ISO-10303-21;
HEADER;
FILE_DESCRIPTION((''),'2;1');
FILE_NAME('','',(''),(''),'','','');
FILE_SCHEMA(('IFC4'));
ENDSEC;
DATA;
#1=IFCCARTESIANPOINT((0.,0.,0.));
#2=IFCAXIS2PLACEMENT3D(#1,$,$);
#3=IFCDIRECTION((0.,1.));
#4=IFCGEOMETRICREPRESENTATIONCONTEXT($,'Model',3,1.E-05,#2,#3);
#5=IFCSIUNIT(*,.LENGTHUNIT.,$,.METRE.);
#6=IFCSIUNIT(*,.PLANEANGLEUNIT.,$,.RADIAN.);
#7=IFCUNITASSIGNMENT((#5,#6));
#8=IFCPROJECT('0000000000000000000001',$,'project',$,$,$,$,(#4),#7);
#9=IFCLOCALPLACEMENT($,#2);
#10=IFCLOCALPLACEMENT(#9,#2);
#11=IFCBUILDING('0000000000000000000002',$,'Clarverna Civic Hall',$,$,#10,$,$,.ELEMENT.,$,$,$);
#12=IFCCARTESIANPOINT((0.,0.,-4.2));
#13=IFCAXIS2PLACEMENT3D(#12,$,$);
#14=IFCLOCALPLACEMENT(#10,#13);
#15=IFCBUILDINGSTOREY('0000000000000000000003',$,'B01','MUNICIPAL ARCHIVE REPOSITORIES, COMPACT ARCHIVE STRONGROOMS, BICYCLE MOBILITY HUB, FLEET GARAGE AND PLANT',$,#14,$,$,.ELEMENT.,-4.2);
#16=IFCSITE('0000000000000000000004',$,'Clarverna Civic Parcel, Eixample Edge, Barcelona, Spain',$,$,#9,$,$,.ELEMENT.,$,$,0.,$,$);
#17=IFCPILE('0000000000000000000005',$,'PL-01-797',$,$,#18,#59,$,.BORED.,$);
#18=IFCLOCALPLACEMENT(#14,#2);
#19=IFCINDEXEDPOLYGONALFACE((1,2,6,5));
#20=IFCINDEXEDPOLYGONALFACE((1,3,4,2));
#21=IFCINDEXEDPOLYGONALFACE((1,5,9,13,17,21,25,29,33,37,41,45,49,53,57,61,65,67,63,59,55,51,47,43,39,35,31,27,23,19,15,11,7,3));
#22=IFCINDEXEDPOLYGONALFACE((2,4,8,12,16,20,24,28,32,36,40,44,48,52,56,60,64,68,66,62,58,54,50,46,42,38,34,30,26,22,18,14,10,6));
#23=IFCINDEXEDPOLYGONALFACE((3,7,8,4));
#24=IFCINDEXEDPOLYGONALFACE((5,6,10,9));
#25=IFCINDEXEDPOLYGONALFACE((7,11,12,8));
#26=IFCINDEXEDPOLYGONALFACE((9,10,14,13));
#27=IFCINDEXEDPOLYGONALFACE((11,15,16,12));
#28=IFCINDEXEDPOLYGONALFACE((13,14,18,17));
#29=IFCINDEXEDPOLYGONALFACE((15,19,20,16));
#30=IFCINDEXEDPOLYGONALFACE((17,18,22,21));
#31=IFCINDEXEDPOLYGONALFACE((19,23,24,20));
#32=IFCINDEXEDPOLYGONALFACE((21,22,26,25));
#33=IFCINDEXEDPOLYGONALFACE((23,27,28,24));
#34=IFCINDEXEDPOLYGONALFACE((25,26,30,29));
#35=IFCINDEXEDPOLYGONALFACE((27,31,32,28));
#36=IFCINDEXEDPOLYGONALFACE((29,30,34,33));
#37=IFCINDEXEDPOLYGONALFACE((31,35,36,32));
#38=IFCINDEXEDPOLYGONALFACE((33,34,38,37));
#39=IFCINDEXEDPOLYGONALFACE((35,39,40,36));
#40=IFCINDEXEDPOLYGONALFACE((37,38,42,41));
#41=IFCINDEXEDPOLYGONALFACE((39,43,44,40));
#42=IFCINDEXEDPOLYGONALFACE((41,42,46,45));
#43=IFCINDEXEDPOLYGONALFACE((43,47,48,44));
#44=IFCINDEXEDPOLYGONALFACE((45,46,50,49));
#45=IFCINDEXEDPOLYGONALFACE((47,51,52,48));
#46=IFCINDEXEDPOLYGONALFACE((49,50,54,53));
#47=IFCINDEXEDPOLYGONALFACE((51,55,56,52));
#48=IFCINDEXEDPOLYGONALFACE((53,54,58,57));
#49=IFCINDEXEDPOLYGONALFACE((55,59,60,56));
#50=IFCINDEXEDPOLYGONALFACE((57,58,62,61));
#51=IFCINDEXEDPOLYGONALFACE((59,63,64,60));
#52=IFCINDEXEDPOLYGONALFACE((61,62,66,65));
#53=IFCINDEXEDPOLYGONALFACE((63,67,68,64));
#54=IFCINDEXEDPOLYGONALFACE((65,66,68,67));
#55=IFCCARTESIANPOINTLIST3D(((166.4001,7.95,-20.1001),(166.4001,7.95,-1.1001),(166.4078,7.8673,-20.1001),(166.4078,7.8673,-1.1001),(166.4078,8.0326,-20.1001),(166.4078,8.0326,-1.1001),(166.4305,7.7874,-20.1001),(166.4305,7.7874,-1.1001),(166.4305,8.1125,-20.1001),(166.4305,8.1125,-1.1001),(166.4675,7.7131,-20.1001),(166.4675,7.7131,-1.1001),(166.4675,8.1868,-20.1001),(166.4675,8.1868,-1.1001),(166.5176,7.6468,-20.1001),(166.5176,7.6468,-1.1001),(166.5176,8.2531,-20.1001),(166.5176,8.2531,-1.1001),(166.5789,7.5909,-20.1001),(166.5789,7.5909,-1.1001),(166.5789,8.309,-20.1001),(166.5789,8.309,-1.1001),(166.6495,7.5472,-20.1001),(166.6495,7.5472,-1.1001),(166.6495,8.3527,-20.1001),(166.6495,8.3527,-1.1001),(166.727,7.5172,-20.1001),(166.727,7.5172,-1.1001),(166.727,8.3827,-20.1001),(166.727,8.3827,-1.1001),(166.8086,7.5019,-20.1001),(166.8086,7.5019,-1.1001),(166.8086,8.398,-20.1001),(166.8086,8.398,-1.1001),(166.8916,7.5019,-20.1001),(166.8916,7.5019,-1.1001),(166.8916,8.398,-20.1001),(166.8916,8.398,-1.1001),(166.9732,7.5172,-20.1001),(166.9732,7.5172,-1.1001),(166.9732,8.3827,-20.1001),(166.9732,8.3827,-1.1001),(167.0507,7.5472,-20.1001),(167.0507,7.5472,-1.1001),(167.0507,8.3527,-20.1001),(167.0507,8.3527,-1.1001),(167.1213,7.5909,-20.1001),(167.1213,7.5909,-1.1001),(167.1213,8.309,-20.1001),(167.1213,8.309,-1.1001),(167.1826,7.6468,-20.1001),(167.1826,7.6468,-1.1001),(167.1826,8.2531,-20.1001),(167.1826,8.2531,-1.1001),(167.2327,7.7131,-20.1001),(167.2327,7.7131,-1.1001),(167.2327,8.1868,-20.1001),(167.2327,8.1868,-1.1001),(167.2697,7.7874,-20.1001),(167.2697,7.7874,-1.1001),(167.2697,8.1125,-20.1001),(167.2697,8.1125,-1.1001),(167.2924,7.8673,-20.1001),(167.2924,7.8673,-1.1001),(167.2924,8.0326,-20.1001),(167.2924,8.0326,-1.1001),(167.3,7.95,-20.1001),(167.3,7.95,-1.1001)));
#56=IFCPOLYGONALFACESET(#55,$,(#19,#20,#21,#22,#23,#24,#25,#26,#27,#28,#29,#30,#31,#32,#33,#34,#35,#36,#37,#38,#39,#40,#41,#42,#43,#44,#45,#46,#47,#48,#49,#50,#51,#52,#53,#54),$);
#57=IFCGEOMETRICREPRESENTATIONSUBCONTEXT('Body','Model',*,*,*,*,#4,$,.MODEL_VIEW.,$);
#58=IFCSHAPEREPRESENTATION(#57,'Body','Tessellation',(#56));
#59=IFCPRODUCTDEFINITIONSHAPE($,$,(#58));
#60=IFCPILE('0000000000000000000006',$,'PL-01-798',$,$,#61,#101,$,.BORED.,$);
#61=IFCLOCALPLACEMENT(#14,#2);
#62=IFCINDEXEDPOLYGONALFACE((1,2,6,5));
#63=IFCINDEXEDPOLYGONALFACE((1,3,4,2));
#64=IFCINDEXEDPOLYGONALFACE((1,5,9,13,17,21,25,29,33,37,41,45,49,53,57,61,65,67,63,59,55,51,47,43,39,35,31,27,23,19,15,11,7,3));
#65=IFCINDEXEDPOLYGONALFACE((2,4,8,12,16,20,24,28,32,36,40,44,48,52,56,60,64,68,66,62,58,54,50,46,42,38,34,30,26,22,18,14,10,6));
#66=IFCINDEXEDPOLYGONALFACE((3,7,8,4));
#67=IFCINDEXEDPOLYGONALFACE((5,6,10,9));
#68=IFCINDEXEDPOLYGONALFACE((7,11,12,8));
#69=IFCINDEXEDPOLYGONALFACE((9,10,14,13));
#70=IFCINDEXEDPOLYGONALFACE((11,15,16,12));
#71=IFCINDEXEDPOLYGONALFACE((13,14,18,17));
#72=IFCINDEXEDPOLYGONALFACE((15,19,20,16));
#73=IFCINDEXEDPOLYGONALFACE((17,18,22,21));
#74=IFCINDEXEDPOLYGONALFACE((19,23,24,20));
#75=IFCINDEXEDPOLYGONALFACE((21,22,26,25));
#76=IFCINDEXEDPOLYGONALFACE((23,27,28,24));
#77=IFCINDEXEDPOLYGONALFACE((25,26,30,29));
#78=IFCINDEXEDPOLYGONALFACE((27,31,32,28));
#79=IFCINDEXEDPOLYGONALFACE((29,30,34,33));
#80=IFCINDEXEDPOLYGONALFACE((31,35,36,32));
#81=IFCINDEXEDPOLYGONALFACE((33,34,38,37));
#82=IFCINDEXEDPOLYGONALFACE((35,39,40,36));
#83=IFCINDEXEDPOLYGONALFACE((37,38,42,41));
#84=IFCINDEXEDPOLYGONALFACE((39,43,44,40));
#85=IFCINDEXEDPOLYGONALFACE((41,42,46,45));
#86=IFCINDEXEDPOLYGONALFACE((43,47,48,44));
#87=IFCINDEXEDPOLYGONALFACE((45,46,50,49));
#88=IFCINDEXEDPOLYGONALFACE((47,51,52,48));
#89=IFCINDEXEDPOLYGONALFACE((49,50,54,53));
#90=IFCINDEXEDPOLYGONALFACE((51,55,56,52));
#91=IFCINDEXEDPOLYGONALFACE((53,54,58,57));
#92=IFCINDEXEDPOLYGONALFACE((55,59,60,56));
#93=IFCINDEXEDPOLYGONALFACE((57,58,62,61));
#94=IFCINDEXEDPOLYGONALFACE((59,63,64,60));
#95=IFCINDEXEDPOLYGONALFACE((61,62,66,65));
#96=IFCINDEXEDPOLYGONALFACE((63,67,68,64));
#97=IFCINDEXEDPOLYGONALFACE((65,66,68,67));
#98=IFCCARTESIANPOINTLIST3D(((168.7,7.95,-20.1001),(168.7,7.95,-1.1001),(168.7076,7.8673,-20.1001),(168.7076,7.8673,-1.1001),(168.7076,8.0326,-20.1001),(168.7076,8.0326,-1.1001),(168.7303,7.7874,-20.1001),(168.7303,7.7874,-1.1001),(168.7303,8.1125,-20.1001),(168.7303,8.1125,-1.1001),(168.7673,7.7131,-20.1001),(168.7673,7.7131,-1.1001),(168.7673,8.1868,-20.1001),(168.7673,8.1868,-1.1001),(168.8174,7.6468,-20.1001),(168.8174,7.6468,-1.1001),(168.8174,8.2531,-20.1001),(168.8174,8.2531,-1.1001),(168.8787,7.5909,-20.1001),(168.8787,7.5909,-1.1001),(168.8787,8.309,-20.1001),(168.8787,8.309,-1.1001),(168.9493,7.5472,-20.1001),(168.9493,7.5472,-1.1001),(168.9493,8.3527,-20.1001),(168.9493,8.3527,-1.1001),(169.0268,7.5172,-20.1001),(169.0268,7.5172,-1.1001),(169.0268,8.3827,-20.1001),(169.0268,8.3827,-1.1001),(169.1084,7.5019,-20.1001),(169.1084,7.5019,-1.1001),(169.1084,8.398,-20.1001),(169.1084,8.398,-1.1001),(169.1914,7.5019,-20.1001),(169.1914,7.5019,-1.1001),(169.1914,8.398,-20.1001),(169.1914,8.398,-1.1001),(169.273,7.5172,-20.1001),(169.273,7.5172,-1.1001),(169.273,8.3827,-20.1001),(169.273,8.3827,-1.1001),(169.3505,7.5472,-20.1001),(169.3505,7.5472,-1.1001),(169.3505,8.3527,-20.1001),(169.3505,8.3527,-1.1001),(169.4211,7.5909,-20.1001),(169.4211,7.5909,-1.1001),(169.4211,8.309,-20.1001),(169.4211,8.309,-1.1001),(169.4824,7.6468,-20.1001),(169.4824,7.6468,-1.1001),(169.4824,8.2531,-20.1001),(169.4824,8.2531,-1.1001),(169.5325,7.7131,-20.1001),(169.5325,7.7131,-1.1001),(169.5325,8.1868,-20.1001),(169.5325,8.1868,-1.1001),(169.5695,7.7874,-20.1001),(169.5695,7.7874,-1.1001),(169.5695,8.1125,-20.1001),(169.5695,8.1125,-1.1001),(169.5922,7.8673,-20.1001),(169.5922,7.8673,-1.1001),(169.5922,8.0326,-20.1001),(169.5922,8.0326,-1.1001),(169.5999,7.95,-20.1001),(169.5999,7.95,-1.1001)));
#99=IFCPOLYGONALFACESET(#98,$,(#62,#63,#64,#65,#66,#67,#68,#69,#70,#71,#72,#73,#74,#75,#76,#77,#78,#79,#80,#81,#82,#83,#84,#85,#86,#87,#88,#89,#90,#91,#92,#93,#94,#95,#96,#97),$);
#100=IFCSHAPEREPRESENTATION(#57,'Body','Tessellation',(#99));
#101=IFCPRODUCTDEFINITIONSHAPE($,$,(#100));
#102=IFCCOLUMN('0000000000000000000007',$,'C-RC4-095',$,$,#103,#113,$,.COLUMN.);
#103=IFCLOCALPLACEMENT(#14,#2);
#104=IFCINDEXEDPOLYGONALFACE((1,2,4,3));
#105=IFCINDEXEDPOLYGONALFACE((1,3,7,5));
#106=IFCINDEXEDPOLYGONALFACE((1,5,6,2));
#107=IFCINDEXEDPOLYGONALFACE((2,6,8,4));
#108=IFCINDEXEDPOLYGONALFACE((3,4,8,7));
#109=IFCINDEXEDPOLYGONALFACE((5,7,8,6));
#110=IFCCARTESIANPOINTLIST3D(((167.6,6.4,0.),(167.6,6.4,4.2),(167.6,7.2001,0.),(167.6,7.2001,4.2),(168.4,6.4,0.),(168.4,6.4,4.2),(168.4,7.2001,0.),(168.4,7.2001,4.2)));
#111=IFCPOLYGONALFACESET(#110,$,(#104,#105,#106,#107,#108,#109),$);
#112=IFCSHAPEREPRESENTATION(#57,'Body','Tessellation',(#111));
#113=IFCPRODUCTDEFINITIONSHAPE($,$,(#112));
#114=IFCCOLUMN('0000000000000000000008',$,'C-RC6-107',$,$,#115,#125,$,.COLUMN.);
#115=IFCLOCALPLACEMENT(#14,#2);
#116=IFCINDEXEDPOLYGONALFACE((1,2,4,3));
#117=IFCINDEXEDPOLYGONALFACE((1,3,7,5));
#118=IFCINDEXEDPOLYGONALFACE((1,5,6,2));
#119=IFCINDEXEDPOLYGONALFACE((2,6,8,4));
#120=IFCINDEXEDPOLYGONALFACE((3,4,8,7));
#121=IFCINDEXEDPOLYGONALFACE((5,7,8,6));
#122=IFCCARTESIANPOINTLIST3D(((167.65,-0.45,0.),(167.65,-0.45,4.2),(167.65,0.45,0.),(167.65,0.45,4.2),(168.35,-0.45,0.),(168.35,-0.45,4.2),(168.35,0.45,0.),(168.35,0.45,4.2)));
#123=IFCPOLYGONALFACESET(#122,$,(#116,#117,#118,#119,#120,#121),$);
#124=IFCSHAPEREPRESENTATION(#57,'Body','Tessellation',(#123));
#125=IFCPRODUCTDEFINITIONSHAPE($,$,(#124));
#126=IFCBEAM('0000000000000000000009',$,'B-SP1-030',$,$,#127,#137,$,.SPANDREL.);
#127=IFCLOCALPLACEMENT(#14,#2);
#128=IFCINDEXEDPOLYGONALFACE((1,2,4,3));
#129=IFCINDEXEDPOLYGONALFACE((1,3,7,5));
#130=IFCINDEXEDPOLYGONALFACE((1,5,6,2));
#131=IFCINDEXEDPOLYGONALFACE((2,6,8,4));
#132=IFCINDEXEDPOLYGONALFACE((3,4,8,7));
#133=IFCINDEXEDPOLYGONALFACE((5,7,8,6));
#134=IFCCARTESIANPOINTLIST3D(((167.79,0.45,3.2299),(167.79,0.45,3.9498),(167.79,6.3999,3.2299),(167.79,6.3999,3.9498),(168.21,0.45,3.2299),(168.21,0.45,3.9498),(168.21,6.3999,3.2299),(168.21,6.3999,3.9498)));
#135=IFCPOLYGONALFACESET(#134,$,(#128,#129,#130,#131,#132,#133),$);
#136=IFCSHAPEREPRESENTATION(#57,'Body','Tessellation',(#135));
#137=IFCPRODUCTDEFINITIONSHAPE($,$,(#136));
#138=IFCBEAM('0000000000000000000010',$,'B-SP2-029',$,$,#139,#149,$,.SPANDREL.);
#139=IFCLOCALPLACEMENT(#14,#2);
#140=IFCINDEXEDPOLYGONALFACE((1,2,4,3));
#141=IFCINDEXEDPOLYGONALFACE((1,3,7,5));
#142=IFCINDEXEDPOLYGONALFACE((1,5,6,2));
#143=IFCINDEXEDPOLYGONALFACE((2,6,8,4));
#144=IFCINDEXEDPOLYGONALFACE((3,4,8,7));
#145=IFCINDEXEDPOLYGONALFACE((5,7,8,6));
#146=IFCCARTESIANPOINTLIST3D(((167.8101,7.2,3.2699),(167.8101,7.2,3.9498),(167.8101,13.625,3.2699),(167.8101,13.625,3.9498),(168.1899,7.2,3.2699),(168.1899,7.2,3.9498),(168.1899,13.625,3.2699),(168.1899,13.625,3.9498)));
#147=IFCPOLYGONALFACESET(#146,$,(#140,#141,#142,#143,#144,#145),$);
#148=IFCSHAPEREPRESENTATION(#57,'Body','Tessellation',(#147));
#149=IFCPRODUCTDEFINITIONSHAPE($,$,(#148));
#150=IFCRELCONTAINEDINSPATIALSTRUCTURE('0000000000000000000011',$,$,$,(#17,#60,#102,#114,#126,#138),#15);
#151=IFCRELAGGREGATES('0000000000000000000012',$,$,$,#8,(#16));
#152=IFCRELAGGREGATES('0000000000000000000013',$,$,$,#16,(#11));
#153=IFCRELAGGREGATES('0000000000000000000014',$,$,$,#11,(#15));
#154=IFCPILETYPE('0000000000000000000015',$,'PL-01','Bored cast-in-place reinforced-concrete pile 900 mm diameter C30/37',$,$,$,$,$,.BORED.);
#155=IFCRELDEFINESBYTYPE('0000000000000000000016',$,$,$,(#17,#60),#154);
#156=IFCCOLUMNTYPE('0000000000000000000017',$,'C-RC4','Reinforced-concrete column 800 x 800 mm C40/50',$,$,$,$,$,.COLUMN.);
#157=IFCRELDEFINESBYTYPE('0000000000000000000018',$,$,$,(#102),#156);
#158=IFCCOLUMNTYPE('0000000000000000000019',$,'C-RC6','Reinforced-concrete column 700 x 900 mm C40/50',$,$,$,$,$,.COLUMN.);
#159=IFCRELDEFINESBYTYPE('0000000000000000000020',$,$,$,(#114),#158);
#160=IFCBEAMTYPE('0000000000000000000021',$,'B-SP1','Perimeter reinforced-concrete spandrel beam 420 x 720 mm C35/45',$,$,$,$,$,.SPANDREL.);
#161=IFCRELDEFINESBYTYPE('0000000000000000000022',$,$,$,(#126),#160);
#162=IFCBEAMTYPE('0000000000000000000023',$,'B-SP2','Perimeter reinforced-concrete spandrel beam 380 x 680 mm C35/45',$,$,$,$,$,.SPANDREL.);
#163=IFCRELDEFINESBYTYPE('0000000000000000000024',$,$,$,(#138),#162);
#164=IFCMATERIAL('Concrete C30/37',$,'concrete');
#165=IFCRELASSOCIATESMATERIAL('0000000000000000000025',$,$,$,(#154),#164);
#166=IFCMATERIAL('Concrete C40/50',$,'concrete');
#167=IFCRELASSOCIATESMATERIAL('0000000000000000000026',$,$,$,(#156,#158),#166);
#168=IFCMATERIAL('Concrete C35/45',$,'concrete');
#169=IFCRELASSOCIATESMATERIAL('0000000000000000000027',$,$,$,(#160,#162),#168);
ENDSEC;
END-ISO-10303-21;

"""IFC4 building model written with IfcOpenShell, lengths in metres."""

from ifc_helpers import new_model, si_unit, direction, frame, origin, origin_2d, place, context, subcontext, project, spatial, rectangle, circle, extrude, material, material_profile, profile_set, type_object, element, save


model = new_model("IFC4")

# Units and contexts
model_context = context("Model", 3, precision=1e-05, world=origin(), true_north=direction((0.0, 1.0)))
body_context = subcontext(model_context, "Body", "Model", "MODEL_VIEW")
ifc_project = project(units=[si_unit("LENGTHUNIT", "METRE"), si_unit("PLANEANGLEUNIT", "RADIAN")], contexts=[model_context])

# Site, building, storey
site_placement = place(None, origin())
site = spatial("IfcSite", under=ifc_project, at=site_placement, Name="Clarverna Civic Parcel, Eixample Edge, Barcelona, Spain", CompositionType="ELEMENT", RefElevation=0.0)
building_placement = place(site_placement, origin())
building = spatial("IfcBuilding", under=site, at=building_placement, Name="Clarverna Civic Hall", CompositionType="ELEMENT")
storey_placement = place(building_placement, frame((0.0, 0.0, -4.2)))
storey = spatial("IfcBuildingStorey", under=building, at=storey_placement, Name="B01", Description="MUNICIPAL ARCHIVE REPOSITORIES, COMPACT ARCHIVE STRONGROOMS, BICYCLE MOBILITY HUB, FLEET GARAGE AND PLANT", CompositionType="ELEMENT", Elevation=-4.2)

# Shared definitions
ifc_material_1 = material(Name="Concrete C30/37", Category="concrete")

# Piles
ifc_material_profile_1 = material_profile(ifc_material_1, circle(Radius=0.45, at=origin_2d()), Name="BORED PILE D900")
ifc_profile_set_1 = profile_set([ifc_material_profile_1], Name="Concrete C30/37")
pile_type = type_object("IfcPileType", Name="PL-01", Description="Bored cast-in-place reinforced-concrete pile 900 mm diameter C30/37", PredefinedType="BORED", material=ifc_profile_set_1)
for number, where, z_axis, x_axis, name in (
    (1, (166.8501, 7.95, -1.1001), (0.0, 0.0, -1.0), (1.0, 0.0, 0.0), "PL-01-797"),
    (2, (169.1499, 7.95, -1.1001), (0.0, 0.0, -1.0), (1.0, 0.0, 0.0), "PL-01-798"),
):
    element("IfcPile", number, at=place(storey_placement, frame(where, z_axis=z_axis, x_axis=x_axis)), inside=storey, type_object=pile_type, Name=name, PredefinedType="BORED", context=body_context, shape_type="SweptSolid", body=[
        extrude(circle(Radius=0.45, at=origin_2d()), origin(), (0.0, 0.0, 1.0), 19.0),
    ])

# Columns
ifc_material_2 = material(Name="Concrete C40/50", Category="concrete")
ifc_material_profile_2 = material_profile(ifc_material_2, rectangle(XDim=0.8, YDim=0.8, at=origin_2d()), Name="RC 800x800")
ifc_profile_set_2 = profile_set([ifc_material_profile_2], Name="Concrete C40/50")
column_type_1 = type_object("IfcColumnType", Name="C-RC4", Description="Reinforced-concrete column 800 x 800 mm C40/50", PredefinedType="COLUMN", material=ifc_profile_set_2)
column_1_placement = place(storey_placement, frame((168.0, 6.8, 0.0), z_axis=(0.0, 0.0, 1.0), x_axis=(1.0, 0.0, 0.0)))
element("IfcColumn", 3, at=column_1_placement, inside=storey, type_object=column_type_1, Name="C-RC4-095", PredefinedType="COLUMN", context=body_context, shape_type="SweptSolid", body=[
    extrude(rectangle(XDim=0.8, YDim=0.8, at=origin_2d()), origin(), (0.0, 0.0, 1.0), 4.2),
])
ifc_material_profile_3 = material_profile(ifc_material_2, rectangle(XDim=0.7, YDim=0.8999, at=origin_2d()), Name="RC 700x900")
ifc_profile_set_3 = profile_set([ifc_material_profile_3], Name="Concrete C40/50")
column_type_2 = type_object("IfcColumnType", Name="C-RC6", Description="Reinforced-concrete column 700 x 900 mm C40/50", PredefinedType="COLUMN", material=ifc_profile_set_3)
column_2_placement = place(storey_placement, frame((168.0, 0.0, 0.0), z_axis=(0.0, 0.0, 1.0), x_axis=(1.0, 0.0, 0.0)))
element("IfcColumn", 4, at=column_2_placement, inside=storey, type_object=column_type_2, Name="C-RC6-107", PredefinedType="COLUMN", context=body_context, shape_type="SweptSolid", body=[
    extrude(rectangle(XDim=0.7, YDim=0.8999, at=origin_2d()), origin(), (0.0, 0.0, 1.0), 4.2),
])

# Beams
ifc_material_3 = material(Name="Concrete C35/45", Category="concrete")
ifc_material_profile_4 = material_profile(ifc_material_3, rectangle(XDim=0.4199, YDim=0.72, at=origin_2d()), Name="RC 420x720")
ifc_profile_set_4 = profile_set([ifc_material_profile_4], Name="Concrete C35/45")
beam_type_1 = type_object("IfcBeamType", Name="B-SP1", Description="Perimeter reinforced-concrete spandrel beam 420 x 720 mm C35/45", PredefinedType="SPANDREL", material=ifc_profile_set_4)
beam_1_placement = place(storey_placement, frame((168.0, 0.45, 3.5898), z_axis=(0.0, 1.0, 0.0), x_axis=(-1.0, 0.0, 0.0)))
element("IfcBeam", 5, at=beam_1_placement, inside=storey, type_object=beam_type_1, Name="B-SP1-030", PredefinedType="SPANDREL", context=body_context, shape_type="SweptSolid", body=[
    extrude(rectangle(XDim=0.4199, YDim=0.72, at=origin_2d()), origin(), (0.0, 0.0, 1.0), 5.95),
])
ifc_material_profile_5 = material_profile(ifc_material_3, rectangle(XDim=0.3799, YDim=0.6799, at=origin_2d()), Name="RC 380x680")
ifc_profile_set_5 = profile_set([ifc_material_profile_5], Name="Concrete C35/45")
beam_type_2 = type_object("IfcBeamType", Name="B-SP2", Description="Perimeter reinforced-concrete spandrel beam 380 x 680 mm C35/45", PredefinedType="SPANDREL", material=ifc_profile_set_5)
beam_2_placement = place(storey_placement, frame((168.0, 7.2, 3.6099), z_axis=(0.0, 1.0, 0.0), x_axis=(-1.0, 0.0, 0.0)))
element("IfcBeam", 6, at=beam_2_placement, inside=storey, type_object=beam_type_2, Name="B-SP2-029", PredefinedType="SPANDREL", context=body_context, shape_type="SweptSolid", body=[
    extrude(rectangle(XDim=0.3799, YDim=0.6799, at=origin_2d()), origin(), (0.0, 0.0, 1.0), 6.425),
])

save(model, "model.ifc")
